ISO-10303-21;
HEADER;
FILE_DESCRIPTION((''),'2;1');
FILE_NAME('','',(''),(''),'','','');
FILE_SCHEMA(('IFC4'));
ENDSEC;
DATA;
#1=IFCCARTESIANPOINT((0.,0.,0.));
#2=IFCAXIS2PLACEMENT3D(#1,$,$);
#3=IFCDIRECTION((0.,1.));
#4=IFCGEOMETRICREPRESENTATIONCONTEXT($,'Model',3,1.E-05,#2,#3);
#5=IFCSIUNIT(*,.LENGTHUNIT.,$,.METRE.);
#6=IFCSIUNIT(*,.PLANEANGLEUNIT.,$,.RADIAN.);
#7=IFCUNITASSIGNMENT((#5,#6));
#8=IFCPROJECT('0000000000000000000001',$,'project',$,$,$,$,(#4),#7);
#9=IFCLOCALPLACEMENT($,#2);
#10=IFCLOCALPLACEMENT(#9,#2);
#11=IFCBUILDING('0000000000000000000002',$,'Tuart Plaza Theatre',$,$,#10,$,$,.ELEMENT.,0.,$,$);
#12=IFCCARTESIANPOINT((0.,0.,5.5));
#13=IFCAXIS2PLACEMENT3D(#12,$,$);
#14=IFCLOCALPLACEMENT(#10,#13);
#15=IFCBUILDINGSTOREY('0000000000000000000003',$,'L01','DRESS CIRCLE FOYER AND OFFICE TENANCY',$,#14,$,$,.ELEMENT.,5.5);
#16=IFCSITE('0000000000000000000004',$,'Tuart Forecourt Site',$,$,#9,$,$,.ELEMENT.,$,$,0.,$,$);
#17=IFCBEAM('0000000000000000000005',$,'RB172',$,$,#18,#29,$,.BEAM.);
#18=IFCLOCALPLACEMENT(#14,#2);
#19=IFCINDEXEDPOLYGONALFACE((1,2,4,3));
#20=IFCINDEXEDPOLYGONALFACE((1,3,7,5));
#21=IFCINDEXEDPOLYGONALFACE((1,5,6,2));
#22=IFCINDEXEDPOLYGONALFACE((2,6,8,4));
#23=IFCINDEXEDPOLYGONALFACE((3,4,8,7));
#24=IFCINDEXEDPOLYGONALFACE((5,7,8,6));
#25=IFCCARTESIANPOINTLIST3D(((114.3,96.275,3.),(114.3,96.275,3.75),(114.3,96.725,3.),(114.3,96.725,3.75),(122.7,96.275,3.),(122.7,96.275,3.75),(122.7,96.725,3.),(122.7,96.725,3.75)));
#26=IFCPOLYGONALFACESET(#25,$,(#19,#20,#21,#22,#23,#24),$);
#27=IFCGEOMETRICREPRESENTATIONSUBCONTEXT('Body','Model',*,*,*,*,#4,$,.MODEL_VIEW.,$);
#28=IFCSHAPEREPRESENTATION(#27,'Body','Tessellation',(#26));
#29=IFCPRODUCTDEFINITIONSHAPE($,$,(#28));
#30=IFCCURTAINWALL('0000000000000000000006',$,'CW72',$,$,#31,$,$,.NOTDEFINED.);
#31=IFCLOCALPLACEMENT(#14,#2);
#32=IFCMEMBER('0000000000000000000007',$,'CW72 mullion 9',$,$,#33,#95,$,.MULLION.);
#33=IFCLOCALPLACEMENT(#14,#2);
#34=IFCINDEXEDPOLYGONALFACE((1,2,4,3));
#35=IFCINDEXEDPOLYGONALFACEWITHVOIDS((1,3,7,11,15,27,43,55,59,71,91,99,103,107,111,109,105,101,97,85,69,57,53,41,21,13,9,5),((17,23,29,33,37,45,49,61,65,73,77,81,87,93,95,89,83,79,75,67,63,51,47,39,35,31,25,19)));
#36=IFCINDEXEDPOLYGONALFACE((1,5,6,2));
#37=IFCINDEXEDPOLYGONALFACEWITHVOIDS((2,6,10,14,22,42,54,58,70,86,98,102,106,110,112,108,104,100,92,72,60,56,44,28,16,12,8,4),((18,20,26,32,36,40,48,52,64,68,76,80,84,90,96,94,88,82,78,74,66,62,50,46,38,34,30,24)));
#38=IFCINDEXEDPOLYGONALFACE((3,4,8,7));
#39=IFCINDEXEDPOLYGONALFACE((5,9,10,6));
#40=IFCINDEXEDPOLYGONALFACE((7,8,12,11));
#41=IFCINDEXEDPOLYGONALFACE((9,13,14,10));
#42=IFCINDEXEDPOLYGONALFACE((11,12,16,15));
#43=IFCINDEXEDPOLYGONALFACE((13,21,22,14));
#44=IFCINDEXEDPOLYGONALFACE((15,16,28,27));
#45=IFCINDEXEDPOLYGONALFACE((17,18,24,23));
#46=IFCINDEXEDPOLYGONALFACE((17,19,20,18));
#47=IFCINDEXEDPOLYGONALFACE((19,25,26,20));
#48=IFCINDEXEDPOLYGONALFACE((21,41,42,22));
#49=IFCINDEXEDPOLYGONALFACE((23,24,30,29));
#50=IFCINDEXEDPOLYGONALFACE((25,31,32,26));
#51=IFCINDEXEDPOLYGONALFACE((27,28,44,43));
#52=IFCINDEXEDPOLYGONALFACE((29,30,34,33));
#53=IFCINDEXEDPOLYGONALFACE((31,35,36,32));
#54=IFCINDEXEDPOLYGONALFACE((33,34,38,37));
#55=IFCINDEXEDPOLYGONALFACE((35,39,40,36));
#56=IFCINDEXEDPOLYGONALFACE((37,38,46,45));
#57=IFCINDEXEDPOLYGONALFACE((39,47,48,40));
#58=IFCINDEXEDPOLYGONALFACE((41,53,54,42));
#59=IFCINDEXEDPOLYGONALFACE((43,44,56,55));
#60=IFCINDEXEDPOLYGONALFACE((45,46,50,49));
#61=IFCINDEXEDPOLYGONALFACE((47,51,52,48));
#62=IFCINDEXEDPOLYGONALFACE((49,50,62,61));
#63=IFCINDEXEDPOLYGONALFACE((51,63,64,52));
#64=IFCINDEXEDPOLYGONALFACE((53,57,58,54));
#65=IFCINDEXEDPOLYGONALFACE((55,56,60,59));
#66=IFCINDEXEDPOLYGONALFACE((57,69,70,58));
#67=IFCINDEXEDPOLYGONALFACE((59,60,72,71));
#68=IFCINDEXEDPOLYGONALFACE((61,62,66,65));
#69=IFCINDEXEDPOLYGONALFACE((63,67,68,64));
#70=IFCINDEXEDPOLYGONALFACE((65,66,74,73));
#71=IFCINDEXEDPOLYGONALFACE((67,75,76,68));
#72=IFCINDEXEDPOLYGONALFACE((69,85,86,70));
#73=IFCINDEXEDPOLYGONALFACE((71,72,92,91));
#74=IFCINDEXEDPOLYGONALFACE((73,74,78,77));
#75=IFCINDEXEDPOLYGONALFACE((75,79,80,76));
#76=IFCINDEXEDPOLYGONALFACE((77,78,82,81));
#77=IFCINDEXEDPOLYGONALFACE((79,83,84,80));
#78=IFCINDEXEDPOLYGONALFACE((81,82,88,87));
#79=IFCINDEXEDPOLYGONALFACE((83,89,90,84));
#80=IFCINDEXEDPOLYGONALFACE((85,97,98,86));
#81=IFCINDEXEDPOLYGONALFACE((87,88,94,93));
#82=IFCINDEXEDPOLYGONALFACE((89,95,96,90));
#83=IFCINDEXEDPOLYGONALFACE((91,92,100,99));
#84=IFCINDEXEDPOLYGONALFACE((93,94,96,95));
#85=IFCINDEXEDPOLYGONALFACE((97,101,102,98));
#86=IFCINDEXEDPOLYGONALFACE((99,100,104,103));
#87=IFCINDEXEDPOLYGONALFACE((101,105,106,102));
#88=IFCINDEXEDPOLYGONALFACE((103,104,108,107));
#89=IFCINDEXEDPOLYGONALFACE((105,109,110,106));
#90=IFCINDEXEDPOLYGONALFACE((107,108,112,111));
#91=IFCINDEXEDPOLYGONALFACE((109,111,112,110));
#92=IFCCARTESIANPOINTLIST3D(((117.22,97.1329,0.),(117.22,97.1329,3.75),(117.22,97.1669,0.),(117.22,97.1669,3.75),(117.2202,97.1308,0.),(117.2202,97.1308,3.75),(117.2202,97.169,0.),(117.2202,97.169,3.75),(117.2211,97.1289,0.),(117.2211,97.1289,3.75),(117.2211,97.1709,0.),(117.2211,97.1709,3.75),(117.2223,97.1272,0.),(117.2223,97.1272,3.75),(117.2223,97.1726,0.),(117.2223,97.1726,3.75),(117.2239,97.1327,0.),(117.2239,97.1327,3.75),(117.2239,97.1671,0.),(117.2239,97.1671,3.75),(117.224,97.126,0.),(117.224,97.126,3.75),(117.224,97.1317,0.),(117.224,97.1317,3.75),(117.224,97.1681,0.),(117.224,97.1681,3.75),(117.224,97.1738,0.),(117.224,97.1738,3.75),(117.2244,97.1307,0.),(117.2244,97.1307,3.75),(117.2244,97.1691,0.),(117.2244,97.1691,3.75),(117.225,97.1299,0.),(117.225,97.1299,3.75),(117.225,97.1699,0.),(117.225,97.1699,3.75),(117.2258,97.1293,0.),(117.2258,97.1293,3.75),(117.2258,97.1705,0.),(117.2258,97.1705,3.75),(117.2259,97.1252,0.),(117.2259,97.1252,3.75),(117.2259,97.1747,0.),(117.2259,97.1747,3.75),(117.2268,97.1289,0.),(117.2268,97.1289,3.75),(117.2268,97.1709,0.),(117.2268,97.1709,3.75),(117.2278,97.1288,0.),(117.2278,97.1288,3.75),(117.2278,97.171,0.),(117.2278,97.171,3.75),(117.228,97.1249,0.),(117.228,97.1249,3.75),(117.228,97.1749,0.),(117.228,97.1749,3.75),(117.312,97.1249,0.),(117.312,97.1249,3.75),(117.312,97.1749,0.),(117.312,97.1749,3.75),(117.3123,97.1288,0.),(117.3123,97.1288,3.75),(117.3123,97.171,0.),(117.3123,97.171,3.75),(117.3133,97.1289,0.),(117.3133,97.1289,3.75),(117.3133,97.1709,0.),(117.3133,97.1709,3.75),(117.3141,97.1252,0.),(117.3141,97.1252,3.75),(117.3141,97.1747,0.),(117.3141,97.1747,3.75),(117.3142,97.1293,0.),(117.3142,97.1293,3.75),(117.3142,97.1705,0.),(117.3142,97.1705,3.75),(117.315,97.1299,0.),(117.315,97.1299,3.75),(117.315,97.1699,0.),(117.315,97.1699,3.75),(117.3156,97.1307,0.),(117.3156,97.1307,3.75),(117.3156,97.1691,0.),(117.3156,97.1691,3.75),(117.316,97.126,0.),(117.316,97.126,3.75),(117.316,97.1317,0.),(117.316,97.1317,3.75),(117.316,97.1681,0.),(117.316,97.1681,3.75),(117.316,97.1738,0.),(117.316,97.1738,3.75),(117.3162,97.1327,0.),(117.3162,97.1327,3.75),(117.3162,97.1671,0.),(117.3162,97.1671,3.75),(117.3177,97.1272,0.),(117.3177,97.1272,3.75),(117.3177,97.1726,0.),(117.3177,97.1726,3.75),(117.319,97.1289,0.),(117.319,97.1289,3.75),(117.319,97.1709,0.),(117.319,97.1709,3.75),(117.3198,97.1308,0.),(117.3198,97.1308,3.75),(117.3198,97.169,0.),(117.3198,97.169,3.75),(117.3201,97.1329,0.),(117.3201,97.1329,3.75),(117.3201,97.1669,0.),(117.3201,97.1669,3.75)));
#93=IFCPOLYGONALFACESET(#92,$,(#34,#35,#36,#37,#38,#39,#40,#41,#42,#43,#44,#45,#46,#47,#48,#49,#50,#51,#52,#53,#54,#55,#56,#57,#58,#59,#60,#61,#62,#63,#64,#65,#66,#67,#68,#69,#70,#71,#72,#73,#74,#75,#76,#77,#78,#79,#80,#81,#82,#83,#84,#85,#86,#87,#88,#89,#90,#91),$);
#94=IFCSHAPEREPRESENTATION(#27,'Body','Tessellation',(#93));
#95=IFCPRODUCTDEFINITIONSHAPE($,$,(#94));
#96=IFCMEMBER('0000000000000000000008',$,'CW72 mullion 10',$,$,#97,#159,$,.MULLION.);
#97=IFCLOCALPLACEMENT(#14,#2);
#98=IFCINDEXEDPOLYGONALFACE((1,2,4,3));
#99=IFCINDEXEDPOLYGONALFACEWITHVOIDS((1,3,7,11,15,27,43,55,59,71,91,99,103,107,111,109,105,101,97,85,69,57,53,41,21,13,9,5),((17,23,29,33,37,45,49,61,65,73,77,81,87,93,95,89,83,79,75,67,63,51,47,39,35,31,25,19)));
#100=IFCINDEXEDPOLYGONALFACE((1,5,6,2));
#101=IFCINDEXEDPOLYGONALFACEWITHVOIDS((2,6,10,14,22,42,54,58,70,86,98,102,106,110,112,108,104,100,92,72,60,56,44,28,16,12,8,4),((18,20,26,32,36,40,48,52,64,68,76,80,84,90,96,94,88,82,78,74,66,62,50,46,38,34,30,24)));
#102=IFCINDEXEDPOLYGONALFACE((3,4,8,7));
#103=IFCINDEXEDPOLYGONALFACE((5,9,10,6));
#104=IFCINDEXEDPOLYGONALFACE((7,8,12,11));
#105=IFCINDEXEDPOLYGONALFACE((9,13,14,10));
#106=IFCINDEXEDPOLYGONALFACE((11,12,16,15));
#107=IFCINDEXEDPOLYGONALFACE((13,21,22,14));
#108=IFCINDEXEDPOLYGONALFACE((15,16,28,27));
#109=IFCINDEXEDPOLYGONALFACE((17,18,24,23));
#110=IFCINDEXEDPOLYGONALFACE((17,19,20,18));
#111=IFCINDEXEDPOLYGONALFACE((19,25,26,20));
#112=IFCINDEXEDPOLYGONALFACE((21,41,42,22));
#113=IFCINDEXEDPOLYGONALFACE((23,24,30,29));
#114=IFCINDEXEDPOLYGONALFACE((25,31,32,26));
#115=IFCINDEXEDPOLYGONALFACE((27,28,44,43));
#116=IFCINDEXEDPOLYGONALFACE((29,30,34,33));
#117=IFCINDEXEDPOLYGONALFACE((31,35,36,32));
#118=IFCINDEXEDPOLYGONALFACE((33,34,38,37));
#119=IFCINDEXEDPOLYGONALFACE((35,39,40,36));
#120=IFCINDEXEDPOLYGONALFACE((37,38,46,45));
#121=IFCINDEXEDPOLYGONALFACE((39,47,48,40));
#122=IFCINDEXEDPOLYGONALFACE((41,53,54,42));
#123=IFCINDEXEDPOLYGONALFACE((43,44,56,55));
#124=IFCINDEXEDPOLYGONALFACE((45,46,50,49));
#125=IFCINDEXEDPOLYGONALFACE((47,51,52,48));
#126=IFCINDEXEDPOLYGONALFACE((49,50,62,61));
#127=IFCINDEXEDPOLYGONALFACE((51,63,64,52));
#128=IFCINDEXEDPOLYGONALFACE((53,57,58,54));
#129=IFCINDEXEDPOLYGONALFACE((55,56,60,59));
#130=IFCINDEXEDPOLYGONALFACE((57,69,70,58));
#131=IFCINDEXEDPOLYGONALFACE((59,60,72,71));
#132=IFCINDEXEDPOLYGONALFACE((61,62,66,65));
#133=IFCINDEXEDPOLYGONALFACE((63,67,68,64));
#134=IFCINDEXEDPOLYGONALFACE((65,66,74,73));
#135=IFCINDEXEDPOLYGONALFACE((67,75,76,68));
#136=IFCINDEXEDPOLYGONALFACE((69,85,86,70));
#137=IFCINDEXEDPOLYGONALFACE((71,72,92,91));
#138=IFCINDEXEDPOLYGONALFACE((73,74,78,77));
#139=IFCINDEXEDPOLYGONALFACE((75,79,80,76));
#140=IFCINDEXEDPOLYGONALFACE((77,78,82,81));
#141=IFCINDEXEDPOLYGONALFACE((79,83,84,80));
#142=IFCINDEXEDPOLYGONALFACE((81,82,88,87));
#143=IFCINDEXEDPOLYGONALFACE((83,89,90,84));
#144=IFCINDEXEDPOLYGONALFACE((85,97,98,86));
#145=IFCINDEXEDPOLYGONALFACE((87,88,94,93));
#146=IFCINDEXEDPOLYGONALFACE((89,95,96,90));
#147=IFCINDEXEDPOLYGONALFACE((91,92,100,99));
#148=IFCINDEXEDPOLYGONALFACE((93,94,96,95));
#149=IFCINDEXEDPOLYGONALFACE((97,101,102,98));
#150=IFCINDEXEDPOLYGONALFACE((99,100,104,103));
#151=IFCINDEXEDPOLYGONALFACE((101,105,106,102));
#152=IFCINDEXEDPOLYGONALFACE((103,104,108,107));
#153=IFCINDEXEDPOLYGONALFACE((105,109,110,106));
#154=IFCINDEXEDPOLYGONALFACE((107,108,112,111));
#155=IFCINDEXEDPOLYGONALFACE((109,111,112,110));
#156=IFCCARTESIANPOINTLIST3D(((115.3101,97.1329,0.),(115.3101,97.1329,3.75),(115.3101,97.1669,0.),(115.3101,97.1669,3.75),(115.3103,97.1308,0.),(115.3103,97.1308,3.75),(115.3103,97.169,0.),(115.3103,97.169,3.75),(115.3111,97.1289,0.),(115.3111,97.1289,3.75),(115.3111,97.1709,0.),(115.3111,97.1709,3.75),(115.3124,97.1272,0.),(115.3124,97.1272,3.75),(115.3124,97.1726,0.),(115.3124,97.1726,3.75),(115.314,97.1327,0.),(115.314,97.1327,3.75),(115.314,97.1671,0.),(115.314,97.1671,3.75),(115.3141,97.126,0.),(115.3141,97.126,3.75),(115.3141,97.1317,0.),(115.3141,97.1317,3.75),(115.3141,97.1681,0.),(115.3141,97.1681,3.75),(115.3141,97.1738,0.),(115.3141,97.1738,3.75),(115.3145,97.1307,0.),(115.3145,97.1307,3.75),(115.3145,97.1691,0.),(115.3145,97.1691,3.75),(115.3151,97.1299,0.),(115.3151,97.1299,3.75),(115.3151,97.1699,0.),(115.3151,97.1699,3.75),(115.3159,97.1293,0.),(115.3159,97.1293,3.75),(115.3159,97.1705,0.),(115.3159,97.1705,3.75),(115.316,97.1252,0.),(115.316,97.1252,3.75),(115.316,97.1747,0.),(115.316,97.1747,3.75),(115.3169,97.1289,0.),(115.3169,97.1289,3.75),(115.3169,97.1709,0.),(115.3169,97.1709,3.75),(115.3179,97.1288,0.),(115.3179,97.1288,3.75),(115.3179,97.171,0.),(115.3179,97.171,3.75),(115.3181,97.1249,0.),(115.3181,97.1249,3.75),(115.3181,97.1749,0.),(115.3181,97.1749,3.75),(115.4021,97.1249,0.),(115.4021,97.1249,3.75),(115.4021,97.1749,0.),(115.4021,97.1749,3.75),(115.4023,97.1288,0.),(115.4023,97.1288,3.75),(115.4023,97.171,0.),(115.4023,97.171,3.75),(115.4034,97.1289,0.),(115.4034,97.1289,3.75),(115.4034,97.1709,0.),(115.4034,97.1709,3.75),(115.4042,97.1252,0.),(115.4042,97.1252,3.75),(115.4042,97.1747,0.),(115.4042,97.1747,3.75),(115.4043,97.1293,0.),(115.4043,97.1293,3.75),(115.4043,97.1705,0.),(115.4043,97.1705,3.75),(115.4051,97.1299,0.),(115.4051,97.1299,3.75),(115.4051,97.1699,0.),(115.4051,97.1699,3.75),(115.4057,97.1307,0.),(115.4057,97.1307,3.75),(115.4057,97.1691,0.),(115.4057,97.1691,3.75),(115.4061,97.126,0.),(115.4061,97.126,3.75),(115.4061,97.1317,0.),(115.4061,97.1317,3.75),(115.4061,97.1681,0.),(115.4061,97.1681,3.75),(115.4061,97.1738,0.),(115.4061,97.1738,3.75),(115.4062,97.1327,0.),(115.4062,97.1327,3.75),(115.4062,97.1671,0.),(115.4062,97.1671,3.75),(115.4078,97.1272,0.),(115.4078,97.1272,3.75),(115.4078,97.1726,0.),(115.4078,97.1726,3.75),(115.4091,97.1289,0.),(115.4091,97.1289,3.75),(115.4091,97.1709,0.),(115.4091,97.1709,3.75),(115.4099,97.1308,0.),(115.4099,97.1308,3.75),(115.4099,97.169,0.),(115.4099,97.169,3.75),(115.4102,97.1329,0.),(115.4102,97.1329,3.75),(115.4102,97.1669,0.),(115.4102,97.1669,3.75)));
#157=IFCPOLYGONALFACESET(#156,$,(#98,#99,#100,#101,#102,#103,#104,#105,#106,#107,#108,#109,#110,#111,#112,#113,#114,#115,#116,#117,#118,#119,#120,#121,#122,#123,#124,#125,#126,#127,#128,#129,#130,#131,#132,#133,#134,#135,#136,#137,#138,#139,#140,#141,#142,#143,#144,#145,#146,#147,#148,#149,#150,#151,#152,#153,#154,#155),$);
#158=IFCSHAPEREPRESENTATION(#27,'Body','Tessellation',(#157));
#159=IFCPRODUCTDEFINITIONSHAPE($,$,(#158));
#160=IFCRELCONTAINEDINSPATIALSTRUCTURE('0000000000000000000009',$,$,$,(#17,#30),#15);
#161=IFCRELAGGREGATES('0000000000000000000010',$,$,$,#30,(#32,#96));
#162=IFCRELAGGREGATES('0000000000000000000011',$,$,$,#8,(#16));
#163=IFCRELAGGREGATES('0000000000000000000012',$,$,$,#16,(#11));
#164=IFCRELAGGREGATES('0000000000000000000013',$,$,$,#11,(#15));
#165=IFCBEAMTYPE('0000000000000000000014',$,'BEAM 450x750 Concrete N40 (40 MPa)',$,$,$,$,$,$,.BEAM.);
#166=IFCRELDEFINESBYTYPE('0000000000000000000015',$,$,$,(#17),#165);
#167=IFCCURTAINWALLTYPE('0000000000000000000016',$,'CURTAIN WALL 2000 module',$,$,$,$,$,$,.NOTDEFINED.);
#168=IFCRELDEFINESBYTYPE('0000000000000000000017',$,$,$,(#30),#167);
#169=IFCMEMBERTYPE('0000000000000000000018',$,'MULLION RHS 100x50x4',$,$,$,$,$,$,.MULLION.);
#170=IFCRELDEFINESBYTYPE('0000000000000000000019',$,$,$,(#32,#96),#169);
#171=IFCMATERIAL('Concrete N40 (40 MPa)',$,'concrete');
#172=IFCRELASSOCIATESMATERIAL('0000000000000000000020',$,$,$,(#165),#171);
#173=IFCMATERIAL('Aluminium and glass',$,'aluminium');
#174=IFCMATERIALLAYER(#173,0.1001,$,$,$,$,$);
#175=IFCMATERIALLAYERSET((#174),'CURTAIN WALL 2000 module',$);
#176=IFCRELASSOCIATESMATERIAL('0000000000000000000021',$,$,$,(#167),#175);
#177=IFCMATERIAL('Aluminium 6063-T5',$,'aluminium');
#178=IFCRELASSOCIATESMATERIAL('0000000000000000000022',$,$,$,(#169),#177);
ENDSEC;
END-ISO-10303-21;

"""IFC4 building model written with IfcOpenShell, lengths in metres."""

from ifc_helpers import new_model, si_unit, direction, frame, origin, origin_2d, place, context, subcontext, project, spatial, rectangle, hollow_rectangle, extrude, material, layer, layer_set, material_profile, profile_set, type_object, element, aggregate, save


model = new_model("IFC4")

# Units and contexts
model_context = context("Model", 3, precision=1e-05, world=origin(), true_north=direction((0.0, 1.0)))
body_context = subcontext(model_context, "Body", "Model", "MODEL_VIEW")
ifc_project = project(units=[si_unit("LENGTHUNIT", "METRE"), si_unit("PLANEANGLEUNIT", "RADIAN")], contexts=[model_context])

# Site, building, storey
site_placement = place(None, origin())
site = spatial("IfcSite", under=ifc_project, at=site_placement, Name="Tuart Forecourt Site", CompositionType="ELEMENT", RefElevation=0.0)
building_placement = place(site_placement, origin())
building = spatial("IfcBuilding", under=site, at=building_placement, Name="Tuart Plaza Theatre", CompositionType="ELEMENT", ElevationOfRefHeight=0.0)
storey_placement = place(building_placement, frame((0.0, 0.0, 5.5)))
storey = spatial("IfcBuildingStorey", under=building, at=storey_placement, Name="L01", Description="DRESS CIRCLE FOYER AND OFFICE TENANCY", CompositionType="ELEMENT", Elevation=5.5)

# Beam
ifc_material_1 = material(Name="Concrete N40 (40 MPa)", Category="concrete")
ifc_material_profile_1 = material_profile(ifc_material_1, rectangle(XDim=0.45, YDim=0.75, at=origin_2d()), Name="BEAM 450x750 Concrete N40 (40 MPa)")
ifc_profile_set_1 = profile_set([ifc_material_profile_1], Name="Concrete N40 (40 MPa)")
beam_type = type_object("IfcBeamType", Name="BEAM 450x750 Concrete N40 (40 MPa)", PredefinedType="BEAM", material=ifc_profile_set_1)
beam_placement = place(storey_placement, frame((114.3, 96.5, 3.375), z_axis=(1.0, 0.0, 0.0), x_axis=(0.0, 1.0, 0.0)))
element("IfcBeam", 1, at=beam_placement, inside=storey, type_object=beam_type, Name="RB172", PredefinedType="BEAM", context=body_context, shape_type="SweptSolid", body=[
    extrude(rectangle(XDim=0.45, YDim=0.75, at=origin_2d()), origin(), (0.0, 0.0, 1.0), 8.3999),
])

# Curtain wall, members
ifc_material_2 = material(Name="Aluminium and glass", Category="aluminium")
ifc_layer_1 = layer(ifc_material_2, 0.1001)
ifc_layer_set_1 = layer_set([ifc_layer_1], Name="CURTAIN WALL 2000 module")
curtain_wall_type = type_object("IfcCurtainWallType", Name="CURTAIN WALL 2000 module", PredefinedType="NOTDEFINED", material=ifc_layer_set_1)
curtain_wall_1_placement = place(storey_placement, origin())
curtain_wall_1 = element("IfcCurtainWall", 2, at=curtain_wall_1_placement, inside=storey, type_object=curtain_wall_type, Name="CW72", PredefinedType="NOTDEFINED")
ifc_material_3 = material(Name="Aluminium 6063-T5", Category="aluminium")
ifc_material_profile_2 = material_profile(ifc_material_3, hollow_rectangle(XDim=0.05, YDim=0.1001, WallThickness=0.0039, InnerFilletRadius=0.0039, OuterFilletRadius=0.0081, at=origin_2d()), Name="RHS 100x50x4")
ifc_profile_set_2 = profile_set([ifc_material_profile_2], Name="Aluminium 6063-T5")
member_type_1 = type_object("IfcMemberType", Name="MULLION RHS 100x50x4", PredefinedType="MULLION", material=ifc_profile_set_2)
member_1_placement = place(storey_placement, frame((117.27, 97.1499, 0.0), z_axis=(0.0, 0.0, 1.0), x_axis=(0.0, -1.0, 0.0)))
member_1 = element("IfcMember", 3, at=member_1_placement, type_object=member_type_1, Name="CW72 mullion 9", PredefinedType="MULLION", context=body_context, shape_type="SweptSolid", body=[
    extrude(hollow_rectangle(XDim=0.05, YDim=0.1001, WallThickness=0.0039, InnerFilletRadius=0.0039, OuterFilletRadius=0.0081, at=origin_2d()), origin(), (0.0, 0.0, 1.0), 3.75),
])
member_2_placement = place(storey_placement, frame((115.3601, 97.1499, 0.0), z_axis=(0.0, 0.0, 1.0), x_axis=(0.0, -1.0, 0.0)))
member_2 = element("IfcMember", 4, at=member_2_placement, type_object=member_type_1, Name="CW72 mullion 10", PredefinedType="MULLION", context=body_context, shape_type="SweptSolid", body=[
    extrude(hollow_rectangle(XDim=0.05, YDim=0.1001, WallThickness=0.0039, InnerFilletRadius=0.0039, OuterFilletRadius=0.0081, at=origin_2d()), origin(), (0.0, 0.0, 1.0), 3.75),
])

aggregate(curtain_wall_1, [member_1, member_2])

save(model, "model.ifc")
